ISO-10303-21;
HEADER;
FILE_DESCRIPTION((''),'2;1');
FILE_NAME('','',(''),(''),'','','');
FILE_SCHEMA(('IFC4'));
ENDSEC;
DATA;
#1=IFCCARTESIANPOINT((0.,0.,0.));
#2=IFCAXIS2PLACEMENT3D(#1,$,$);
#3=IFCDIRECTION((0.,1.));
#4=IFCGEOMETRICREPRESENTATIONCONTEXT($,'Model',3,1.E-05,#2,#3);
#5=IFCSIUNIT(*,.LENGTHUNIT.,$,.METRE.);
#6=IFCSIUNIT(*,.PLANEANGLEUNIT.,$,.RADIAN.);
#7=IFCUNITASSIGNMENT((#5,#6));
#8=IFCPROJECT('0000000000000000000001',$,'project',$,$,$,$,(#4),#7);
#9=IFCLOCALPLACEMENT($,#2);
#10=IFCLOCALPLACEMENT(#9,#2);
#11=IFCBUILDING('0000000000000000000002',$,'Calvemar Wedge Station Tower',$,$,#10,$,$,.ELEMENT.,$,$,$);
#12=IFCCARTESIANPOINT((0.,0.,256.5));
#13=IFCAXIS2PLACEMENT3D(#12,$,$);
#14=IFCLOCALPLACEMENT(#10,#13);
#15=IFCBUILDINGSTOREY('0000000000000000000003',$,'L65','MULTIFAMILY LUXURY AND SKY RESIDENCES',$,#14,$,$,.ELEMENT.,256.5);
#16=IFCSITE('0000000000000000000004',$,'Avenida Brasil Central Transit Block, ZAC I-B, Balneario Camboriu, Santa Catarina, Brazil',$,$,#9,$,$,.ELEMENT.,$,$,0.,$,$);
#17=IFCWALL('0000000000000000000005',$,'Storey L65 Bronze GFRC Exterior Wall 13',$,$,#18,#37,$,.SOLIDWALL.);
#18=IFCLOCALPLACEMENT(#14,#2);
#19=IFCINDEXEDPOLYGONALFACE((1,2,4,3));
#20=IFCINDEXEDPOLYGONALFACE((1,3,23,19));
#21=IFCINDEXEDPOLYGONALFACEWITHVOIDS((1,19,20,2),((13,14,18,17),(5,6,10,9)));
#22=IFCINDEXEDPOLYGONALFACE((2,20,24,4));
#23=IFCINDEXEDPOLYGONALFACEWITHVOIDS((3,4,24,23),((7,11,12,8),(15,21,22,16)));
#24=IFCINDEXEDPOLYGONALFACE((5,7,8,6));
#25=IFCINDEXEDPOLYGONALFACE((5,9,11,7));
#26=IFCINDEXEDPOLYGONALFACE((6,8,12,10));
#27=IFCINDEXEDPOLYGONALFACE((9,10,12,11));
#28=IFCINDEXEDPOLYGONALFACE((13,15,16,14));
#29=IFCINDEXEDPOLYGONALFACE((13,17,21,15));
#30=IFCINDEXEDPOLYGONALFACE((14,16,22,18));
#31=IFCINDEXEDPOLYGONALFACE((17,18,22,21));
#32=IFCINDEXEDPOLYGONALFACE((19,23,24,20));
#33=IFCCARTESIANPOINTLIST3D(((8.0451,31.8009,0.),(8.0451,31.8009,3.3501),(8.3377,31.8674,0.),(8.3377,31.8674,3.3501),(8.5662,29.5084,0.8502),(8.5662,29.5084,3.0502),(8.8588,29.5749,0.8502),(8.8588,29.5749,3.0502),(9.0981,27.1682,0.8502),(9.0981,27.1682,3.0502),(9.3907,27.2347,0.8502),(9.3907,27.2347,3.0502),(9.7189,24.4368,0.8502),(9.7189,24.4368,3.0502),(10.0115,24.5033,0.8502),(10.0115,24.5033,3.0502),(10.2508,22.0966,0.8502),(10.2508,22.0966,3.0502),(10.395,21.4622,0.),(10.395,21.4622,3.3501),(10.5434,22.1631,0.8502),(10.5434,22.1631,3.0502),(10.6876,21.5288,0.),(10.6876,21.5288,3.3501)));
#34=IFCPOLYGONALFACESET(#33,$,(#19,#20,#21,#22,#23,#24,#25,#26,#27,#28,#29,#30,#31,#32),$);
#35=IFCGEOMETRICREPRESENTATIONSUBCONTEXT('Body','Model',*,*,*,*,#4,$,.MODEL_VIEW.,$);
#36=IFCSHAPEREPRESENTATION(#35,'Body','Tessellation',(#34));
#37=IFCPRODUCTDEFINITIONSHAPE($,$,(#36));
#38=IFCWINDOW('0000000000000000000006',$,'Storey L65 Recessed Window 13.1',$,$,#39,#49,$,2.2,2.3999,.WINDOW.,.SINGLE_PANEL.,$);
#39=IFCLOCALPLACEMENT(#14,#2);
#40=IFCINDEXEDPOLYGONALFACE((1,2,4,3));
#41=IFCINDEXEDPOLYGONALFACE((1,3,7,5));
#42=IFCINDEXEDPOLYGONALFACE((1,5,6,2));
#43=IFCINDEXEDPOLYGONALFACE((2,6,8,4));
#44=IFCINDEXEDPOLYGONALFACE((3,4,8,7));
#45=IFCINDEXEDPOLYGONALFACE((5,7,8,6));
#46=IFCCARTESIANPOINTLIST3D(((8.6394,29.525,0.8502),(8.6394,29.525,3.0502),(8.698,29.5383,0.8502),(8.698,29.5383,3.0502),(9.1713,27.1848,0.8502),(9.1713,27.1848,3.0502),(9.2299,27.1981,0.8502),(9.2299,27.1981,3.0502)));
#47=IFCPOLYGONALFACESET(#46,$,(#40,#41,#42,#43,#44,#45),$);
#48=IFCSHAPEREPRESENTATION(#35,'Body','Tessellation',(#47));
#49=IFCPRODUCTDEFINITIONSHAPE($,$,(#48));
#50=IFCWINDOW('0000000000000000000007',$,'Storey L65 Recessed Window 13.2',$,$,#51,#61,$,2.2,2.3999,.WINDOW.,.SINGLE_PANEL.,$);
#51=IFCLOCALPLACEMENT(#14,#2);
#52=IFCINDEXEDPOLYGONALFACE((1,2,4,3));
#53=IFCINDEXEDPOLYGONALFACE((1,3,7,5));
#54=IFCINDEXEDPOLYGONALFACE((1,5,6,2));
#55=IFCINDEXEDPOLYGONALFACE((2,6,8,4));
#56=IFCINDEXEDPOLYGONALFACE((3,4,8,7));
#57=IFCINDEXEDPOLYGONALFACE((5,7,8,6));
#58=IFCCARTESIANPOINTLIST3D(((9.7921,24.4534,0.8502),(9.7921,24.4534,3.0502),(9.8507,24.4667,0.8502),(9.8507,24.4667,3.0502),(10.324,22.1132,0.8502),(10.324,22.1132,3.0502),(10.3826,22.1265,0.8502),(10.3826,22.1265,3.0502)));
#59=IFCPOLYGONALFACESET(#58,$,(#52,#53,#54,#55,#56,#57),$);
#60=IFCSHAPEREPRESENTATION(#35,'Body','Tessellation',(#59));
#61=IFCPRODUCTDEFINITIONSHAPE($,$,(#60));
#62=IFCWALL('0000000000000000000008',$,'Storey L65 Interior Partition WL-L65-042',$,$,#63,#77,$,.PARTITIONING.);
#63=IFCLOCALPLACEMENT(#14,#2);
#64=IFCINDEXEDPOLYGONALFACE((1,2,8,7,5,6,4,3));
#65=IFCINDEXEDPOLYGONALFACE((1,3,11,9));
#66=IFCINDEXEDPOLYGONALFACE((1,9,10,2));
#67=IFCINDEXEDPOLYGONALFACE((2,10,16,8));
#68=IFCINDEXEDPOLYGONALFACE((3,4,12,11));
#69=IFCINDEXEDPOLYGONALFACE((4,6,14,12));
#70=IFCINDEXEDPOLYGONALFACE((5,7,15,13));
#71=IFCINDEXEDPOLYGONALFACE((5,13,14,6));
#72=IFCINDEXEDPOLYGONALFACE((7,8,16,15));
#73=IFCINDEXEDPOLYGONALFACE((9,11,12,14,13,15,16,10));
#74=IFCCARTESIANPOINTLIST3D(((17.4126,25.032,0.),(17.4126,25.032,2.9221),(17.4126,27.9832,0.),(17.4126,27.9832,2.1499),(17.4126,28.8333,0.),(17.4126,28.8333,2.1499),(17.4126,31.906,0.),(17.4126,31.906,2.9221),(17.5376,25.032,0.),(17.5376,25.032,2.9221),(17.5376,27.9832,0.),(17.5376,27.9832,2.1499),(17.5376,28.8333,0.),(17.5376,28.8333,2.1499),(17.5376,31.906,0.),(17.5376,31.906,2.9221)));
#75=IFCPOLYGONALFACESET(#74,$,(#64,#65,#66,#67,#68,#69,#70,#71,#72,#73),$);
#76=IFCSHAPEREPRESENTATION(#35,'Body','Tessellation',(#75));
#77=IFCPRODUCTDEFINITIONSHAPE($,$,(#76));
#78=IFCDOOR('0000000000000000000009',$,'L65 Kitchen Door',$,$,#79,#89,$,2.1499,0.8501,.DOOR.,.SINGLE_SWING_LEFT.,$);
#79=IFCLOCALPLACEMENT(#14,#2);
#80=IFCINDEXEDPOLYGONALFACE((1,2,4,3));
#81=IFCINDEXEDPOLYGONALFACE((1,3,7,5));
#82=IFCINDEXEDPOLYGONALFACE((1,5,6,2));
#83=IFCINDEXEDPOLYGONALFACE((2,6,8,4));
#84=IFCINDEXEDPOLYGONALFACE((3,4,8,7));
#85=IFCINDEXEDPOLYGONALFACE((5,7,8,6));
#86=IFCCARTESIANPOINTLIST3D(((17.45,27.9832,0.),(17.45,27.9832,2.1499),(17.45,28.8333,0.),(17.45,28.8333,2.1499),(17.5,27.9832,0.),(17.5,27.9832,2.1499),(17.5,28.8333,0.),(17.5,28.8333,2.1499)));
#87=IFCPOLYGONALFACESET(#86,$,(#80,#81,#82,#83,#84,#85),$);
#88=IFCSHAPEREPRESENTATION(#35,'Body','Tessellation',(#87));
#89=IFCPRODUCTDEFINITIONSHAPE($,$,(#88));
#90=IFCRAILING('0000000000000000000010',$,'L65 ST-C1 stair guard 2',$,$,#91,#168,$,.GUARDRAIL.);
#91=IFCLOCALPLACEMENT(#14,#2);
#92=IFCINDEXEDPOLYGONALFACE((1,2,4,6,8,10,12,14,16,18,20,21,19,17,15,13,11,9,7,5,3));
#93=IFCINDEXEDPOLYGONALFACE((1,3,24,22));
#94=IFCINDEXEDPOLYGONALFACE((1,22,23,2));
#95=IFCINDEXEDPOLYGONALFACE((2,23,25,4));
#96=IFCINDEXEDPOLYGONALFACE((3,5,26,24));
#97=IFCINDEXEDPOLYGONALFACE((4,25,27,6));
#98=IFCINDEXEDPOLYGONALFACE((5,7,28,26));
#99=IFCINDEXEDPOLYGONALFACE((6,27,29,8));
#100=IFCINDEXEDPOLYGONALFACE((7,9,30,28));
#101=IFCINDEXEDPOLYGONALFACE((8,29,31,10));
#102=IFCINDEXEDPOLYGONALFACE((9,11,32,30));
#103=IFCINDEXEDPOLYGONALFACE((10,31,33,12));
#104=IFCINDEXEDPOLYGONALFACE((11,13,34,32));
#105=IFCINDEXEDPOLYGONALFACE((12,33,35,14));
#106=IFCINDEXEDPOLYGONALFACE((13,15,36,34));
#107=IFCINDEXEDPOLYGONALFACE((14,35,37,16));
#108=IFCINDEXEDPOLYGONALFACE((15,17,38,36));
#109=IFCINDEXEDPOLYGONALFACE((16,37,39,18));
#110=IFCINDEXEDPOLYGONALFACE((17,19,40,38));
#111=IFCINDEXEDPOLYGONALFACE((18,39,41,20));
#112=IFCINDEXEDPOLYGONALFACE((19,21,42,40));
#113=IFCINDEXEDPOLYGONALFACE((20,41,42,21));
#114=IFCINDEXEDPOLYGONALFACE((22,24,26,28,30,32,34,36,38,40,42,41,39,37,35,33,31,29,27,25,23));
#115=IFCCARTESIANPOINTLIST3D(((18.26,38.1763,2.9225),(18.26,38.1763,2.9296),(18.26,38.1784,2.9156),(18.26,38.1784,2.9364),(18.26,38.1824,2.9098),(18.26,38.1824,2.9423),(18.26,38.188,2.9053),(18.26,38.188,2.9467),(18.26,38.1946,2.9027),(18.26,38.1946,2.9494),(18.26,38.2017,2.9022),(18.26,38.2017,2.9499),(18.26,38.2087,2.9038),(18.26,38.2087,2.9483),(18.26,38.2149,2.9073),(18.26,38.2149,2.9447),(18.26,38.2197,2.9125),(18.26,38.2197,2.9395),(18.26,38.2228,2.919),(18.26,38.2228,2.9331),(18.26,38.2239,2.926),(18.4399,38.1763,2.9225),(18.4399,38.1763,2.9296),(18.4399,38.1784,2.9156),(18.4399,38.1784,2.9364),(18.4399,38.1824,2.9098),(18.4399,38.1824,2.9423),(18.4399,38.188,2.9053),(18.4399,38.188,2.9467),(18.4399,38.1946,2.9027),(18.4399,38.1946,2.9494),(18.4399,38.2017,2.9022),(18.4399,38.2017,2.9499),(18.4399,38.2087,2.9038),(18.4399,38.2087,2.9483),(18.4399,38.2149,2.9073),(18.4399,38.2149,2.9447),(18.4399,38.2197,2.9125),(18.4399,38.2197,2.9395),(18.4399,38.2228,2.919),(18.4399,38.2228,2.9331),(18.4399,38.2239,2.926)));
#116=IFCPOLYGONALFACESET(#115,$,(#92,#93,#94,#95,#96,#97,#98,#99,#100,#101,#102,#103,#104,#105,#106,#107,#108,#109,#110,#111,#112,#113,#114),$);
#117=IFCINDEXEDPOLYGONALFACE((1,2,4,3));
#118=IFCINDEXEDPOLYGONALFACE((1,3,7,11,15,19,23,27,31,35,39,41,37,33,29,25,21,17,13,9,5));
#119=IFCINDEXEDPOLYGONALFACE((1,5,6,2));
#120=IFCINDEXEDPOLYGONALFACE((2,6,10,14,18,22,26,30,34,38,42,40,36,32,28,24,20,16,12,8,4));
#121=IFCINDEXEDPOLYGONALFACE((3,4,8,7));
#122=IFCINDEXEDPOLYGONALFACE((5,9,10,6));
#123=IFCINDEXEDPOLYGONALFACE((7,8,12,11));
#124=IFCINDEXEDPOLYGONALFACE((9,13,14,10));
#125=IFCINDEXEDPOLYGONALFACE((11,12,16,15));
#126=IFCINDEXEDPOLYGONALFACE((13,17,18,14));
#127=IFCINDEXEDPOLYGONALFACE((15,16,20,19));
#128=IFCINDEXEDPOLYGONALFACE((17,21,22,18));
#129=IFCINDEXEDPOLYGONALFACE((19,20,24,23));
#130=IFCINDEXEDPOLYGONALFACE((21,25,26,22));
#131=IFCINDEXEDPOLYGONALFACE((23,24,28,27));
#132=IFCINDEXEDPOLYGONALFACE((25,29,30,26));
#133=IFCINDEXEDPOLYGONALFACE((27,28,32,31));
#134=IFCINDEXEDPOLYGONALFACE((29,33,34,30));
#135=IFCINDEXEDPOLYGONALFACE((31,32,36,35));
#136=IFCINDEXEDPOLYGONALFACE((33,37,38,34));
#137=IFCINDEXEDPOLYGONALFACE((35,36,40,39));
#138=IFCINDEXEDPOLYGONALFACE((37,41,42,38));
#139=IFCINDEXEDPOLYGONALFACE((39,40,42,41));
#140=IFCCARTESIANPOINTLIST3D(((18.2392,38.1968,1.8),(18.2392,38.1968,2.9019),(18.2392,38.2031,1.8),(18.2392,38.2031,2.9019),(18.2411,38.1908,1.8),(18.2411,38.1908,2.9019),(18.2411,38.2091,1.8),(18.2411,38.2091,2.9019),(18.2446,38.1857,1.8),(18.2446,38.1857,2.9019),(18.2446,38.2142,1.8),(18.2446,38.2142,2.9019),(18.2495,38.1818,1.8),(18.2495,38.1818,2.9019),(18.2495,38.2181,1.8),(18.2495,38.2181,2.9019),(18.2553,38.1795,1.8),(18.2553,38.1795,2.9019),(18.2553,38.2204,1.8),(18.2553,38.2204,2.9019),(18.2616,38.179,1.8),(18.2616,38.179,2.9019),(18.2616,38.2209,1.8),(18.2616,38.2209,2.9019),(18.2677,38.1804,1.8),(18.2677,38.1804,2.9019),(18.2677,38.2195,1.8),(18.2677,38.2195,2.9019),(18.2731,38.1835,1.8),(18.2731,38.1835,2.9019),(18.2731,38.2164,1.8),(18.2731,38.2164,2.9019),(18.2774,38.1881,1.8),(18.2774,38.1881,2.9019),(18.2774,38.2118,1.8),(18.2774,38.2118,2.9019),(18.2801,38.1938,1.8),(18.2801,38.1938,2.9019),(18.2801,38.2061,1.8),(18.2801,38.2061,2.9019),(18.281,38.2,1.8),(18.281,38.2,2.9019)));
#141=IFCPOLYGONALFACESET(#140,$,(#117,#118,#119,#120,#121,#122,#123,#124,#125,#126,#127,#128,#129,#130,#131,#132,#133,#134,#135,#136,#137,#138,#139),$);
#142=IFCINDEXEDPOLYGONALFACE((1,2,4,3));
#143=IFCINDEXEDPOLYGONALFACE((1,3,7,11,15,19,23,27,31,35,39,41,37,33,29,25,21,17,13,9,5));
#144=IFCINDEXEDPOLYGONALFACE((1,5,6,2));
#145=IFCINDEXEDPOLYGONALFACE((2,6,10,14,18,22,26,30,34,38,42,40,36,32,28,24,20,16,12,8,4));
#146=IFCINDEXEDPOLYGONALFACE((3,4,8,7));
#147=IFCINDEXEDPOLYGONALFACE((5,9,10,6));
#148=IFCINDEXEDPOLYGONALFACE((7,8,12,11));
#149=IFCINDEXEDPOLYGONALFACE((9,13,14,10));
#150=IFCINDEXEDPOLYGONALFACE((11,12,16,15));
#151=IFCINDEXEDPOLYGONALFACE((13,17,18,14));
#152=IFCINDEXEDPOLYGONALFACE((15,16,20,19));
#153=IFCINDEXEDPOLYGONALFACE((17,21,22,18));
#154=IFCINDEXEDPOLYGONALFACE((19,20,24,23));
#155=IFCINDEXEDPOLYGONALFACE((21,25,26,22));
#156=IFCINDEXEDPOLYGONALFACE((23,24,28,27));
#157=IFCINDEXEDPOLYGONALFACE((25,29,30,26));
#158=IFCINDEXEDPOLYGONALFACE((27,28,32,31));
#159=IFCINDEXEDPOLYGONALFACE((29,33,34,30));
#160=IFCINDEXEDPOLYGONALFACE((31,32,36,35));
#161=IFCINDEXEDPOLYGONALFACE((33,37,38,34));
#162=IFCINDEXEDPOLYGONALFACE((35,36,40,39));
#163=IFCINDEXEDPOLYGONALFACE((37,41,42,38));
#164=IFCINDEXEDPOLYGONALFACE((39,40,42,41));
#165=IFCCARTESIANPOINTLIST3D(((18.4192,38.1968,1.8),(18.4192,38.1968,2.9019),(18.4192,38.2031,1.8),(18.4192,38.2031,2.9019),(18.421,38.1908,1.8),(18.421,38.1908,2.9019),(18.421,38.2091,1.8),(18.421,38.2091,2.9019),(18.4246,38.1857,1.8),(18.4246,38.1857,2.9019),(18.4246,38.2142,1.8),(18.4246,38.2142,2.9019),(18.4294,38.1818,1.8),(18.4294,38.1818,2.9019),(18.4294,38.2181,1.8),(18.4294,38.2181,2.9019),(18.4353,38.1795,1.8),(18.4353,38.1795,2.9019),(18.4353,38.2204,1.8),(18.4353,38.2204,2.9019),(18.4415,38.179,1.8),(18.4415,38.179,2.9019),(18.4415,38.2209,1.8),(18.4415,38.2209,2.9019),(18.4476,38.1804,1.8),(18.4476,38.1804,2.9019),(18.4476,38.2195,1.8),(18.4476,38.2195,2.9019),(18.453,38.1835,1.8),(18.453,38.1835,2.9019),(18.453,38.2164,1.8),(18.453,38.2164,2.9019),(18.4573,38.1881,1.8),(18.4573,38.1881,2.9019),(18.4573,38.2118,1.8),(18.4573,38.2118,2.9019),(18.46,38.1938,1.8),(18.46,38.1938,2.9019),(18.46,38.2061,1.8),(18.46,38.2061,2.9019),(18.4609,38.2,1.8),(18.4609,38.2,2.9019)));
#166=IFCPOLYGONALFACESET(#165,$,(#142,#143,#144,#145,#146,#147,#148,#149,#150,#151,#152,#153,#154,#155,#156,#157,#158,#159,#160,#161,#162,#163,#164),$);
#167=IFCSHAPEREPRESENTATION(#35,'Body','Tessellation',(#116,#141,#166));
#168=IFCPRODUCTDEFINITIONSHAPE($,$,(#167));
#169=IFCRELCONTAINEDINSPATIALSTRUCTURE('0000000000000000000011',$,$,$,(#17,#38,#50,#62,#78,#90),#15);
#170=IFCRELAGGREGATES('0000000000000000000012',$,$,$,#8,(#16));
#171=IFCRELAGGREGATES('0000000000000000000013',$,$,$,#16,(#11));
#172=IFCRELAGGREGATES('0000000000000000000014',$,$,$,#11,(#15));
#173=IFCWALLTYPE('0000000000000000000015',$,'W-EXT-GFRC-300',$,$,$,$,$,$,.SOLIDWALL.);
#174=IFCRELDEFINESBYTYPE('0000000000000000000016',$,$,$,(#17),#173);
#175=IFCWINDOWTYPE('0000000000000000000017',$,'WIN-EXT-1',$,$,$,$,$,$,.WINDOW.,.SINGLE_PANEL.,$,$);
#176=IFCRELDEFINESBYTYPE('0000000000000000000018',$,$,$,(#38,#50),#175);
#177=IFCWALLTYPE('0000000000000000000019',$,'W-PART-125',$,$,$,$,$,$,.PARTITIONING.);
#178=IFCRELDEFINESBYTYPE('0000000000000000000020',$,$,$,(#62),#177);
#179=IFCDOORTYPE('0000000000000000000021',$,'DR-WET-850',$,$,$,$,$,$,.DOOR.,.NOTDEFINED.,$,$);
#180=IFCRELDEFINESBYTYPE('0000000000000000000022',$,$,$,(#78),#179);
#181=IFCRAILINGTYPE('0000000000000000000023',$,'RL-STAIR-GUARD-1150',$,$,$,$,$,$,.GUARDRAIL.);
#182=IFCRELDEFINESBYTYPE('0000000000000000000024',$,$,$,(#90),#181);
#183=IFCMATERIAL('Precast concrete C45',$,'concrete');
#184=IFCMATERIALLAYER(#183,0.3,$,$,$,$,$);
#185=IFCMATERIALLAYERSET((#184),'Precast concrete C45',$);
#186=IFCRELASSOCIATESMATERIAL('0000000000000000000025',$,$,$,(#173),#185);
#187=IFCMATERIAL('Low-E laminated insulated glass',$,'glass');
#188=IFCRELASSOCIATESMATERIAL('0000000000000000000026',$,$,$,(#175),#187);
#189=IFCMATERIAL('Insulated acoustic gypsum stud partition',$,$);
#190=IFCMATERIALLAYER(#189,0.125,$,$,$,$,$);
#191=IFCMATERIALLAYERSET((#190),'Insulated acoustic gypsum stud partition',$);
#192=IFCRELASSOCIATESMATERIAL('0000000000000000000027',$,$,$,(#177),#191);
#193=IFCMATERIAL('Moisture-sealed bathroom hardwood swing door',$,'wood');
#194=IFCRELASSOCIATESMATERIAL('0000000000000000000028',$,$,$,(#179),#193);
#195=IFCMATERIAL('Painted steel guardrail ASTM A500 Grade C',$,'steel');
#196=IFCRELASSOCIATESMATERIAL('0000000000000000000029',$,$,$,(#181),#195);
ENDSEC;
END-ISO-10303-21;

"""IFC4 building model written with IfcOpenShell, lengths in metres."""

from ifc_helpers import new_model, si_unit, direction, frame, frame_2d, origin, origin_2d, place, context, subcontext, project, spatial, rectangle, circle, extrude, source, transform, mapped, material, layer, layer_set, type_object, element, fill, save


model = new_model("IFC4")

# Units and contexts
model_context = context("Model", 3, precision=1e-05, world=origin(), true_north=direction((0.0, 1.0)))
body_context = subcontext(model_context, "Body", "Model", "MODEL_VIEW")
ifc_project = project(units=[si_unit("LENGTHUNIT", "METRE"), si_unit("PLANEANGLEUNIT", "RADIAN")], contexts=[model_context])

# Site, building, storey
site_placement = place(None, origin())
site = spatial("IfcSite", under=ifc_project, at=site_placement, Name="Avenida Brasil Central Transit Block, ZAC I-B, Balneario Camboriu, Santa Catarina, Brazil", CompositionType="ELEMENT", RefElevation=0.0)
building_placement = place(site_placement, origin())
building = spatial("IfcBuilding", under=site, at=building_placement, Name="Calvemar Wedge Station Tower", CompositionType="ELEMENT")
storey_placement = place(building_placement, frame((0.0, 0.0, 256.5)))
storey = spatial("IfcBuildingStorey", under=building, at=storey_placement, Name="L65", Description="MULTIFAMILY LUXURY AND SKY RESIDENCES", CompositionType="ELEMENT", Elevation=256.5)

# Wall, openings, windows
ifc_material_1 = material(Name="Precast concrete C45", Category="concrete")
ifc_layer_1 = layer(ifc_material_1, 0.3)
ifc_layer_set_1 = layer_set([ifc_layer_1], Name="Precast concrete C45")
wall_type_1 = type_object("IfcWallType", Name="W-EXT-GFRC-300", PredefinedType="SOLIDWALL", material=ifc_layer_set_1)
wall_1_placement = place(storey_placement, frame((8.1914, 31.8342, 0.0), z_axis=(0.0, 0.0, 1.0), x_axis=(0.221636, -0.975129, 0.0)))
wall_1 = element("IfcWall", 1, at=wall_1_placement, inside=storey, type_object=wall_type_1, Name="Storey L65 Bronze GFRC Exterior Wall 13", PredefinedType="SOLIDWALL", context=body_context, shape_type="SweptSolid", body=[
    extrude(rectangle(XDim=10.6023, YDim=0.3, at=frame_2d((5.3013, 0.0))), origin(), (0.0, 0.0, 1.0), 3.3501),
])
shared_shape_1 = source(origin(), body_context, "Body", "SweptSolid", [
    extrude(rectangle(XDim=2.3999, YDim=2.2, at=frame_2d((1.2, 1.1001))), frame((0.0, 0.1602, 0.0), z_axis=(0.0, -1.0, 0.0), x_axis=(1.0, 0.0, 0.0)), (0.0, 0.0, 1.0), 0.3201),
])
opening_1_placement = place(wall_1_placement, frame((2.3511, 0.0, 0.8501)))
opening_1 = element("IfcOpeningElement", 2, at=opening_1_placement, cuts=wall_1, PredefinedType="OPENING", context=body_context, shape_type="MappedRepresentation", body=[
    mapped(shared_shape_1, transform((0.0, 0.0, 0.0), scale=1.0)),
])
opening_2_placement = place(wall_1_placement, frame((7.552, 0.0, 0.8501)))
opening_2 = element("IfcOpeningElement", 3, at=opening_2_placement, cuts=wall_1, PredefinedType="OPENING", context=body_context, shape_type="MappedRepresentation", body=[
    mapped(shared_shape_1, transform((0.0, 0.0, 0.0), scale=1.0)),
])
ifc_material_2 = material(Name="Low-E laminated insulated glass", Category="glass")
window_type = type_object("IfcWindowType", Name="WIN-EXT-1", PartitioningType="SINGLE_PANEL", PredefinedType="WINDOW", material=ifc_material_2)
shared_shape_2 = source(origin(), body_context, "Body", "SweptSolid", [
    extrude(rectangle(XDim=2.3999, YDim=2.2, at=frame_2d((1.2, 1.1001))), frame((0.0, -0.0149, 0.0), z_axis=(0.0, -1.0, 0.0), x_axis=(1.0, 0.0, 0.0)), (0.0, 0.0, 1.0), 0.0601),
])
window_1_placement = place(opening_1_placement, origin())
window_1 = element("IfcWindow", 4, at=window_1_placement, inside=storey, type_object=window_type, Name="Storey L65 Recessed Window 13.1", OverallHeight=2.2, OverallWidth=2.3999, PartitioningType="SINGLE_PANEL", PredefinedType="WINDOW", context=body_context, shape_type="MappedRepresentation", body=[
    mapped(shared_shape_2, transform((0.0, 0.0, 0.0), scale=1.0)),
])
fill(opening_1, window_1)
window_2_placement = place(opening_2_placement, origin())
window_2 = element("IfcWindow", 5, at=window_2_placement, inside=storey, type_object=window_type, Name="Storey L65 Recessed Window 13.2", OverallHeight=2.2, OverallWidth=2.3999, PartitioningType="SINGLE_PANEL", PredefinedType="WINDOW", context=body_context, shape_type="MappedRepresentation", body=[
    mapped(shared_shape_2, transform((0.0, 0.0, 0.0), scale=1.0)),
])
fill(opening_2, window_2)

# Wall, opening, door
ifc_material_3 = material(Name="Insulated acoustic gypsum stud partition")
ifc_layer_2 = layer(ifc_material_3, 0.125)
ifc_layer_set_2 = layer_set([ifc_layer_2], Name="Insulated acoustic gypsum stud partition")
wall_type_2 = type_object("IfcWallType", Name="W-PART-125", PredefinedType="PARTITIONING", material=ifc_layer_set_2)
wall_2_placement = place(storey_placement, frame((17.4751, 31.906, 0.0), z_axis=(0.0, 0.0, 1.0), x_axis=(0.0, -1.0, 0.0)))
wall_2 = element("IfcWall", 6, at=wall_2_placement, inside=storey, type_object=wall_type_2, Name="Storey L65 Interior Partition WL-L65-042", PredefinedType="PARTITIONING", context=body_context, shape_type="SweptSolid", body=[
    extrude(rectangle(XDim=6.874, YDim=0.125, at=frame_2d((3.437, 0.0))), origin(), (0.0, 0.0, 1.0), 2.9221),
])
shared_shape_3 = source(origin(), body_context, "Body", "SweptSolid", [
    extrude(rectangle(XDim=0.8501, YDim=2.1499, at=frame_2d((0.425, 1.075))), frame((0.0, 0.0725, 0.0), z_axis=(0.0, -1.0, 0.0), x_axis=(1.0, 0.0, 0.0)), (0.0, 0.0, 1.0), 0.145),
])
opening_3_placement = place(wall_2_placement, frame((3.0728, 0.0, 0.0)))
opening_3 = element("IfcOpeningElement", 7, at=opening_3_placement, cuts=wall_2, PredefinedType="OPENING", context=body_context, shape_type="MappedRepresentation", body=[
    mapped(shared_shape_3, transform((0.0, 0.0, 0.0), scale=1.0)),
])
ifc_material_4 = material(Name="Moisture-sealed bathroom hardwood swing door", Category="wood")
door_type_1 = type_object("IfcDoorType", Name="DR-WET-850", OperationType="NOTDEFINED", PredefinedType="DOOR", material=ifc_material_4)
shared_shape_4 = source(origin(), body_context, "Body", "SweptSolid", [
    extrude(rectangle(XDim=0.8501, YDim=2.1499, at=frame_2d((0.425, 1.075))), frame((0.0, 0.0249, 0.0), z_axis=(0.0, -1.0, 0.0), x_axis=(1.0, 0.0, 0.0)), (0.0, 0.0, 1.0), 0.05),
])
door_1_placement = place(opening_3_placement, origin())
door_1 = element("IfcDoor", 8, at=door_1_placement, inside=storey, type_object=door_type_1, Name="L65 Kitchen Door", OperationType="SINGLE_SWING_LEFT", OverallHeight=2.1499, OverallWidth=0.8501, PredefinedType="DOOR", context=body_context, shape_type="MappedRepresentation", body=[
    mapped(shared_shape_4, transform((0.0, 0.0, 0.0), scale=1.0)),
])
fill(opening_3, door_1)

# Railing
ifc_material_5 = material(Name="Painted steel guardrail ASTM A500 Grade C", Category="steel")
railing_type = type_object("IfcRailingType", Name="RL-STAIR-GUARD-1150", PredefinedType="GUARDRAIL", material=ifc_material_5)
railing_placement = place(storey_placement, frame((18.26, 38.2, 1.8)))
element("IfcRailing", 9, at=railing_placement, inside=storey, type_object=railing_type, Name="L65 ST-C1 stair guard 2", PredefinedType="GUARDRAIL", context=body_context, shape_type="SweptSolid", body=[
    extrude(circle(Radius=0.0239, at=origin_2d()), frame((0.0, 0.0, 1.126), z_axis=(1.0, 0.0, 0.0), x_axis=(0.0, 1.0, 0.0)), (0.0, 0.0, 1.0), 0.1799),
    extrude(circle(Radius=0.021, at=origin_2d()), origin(), (0.0, 0.0, 1.0), 1.1018),
    extrude(circle(Radius=0.021, at=origin_2d()), frame((0.1799, 0.0, 0.0)), (0.0, 0.0, 1.0), 1.1018),
])

save(model, "model.ifc")
